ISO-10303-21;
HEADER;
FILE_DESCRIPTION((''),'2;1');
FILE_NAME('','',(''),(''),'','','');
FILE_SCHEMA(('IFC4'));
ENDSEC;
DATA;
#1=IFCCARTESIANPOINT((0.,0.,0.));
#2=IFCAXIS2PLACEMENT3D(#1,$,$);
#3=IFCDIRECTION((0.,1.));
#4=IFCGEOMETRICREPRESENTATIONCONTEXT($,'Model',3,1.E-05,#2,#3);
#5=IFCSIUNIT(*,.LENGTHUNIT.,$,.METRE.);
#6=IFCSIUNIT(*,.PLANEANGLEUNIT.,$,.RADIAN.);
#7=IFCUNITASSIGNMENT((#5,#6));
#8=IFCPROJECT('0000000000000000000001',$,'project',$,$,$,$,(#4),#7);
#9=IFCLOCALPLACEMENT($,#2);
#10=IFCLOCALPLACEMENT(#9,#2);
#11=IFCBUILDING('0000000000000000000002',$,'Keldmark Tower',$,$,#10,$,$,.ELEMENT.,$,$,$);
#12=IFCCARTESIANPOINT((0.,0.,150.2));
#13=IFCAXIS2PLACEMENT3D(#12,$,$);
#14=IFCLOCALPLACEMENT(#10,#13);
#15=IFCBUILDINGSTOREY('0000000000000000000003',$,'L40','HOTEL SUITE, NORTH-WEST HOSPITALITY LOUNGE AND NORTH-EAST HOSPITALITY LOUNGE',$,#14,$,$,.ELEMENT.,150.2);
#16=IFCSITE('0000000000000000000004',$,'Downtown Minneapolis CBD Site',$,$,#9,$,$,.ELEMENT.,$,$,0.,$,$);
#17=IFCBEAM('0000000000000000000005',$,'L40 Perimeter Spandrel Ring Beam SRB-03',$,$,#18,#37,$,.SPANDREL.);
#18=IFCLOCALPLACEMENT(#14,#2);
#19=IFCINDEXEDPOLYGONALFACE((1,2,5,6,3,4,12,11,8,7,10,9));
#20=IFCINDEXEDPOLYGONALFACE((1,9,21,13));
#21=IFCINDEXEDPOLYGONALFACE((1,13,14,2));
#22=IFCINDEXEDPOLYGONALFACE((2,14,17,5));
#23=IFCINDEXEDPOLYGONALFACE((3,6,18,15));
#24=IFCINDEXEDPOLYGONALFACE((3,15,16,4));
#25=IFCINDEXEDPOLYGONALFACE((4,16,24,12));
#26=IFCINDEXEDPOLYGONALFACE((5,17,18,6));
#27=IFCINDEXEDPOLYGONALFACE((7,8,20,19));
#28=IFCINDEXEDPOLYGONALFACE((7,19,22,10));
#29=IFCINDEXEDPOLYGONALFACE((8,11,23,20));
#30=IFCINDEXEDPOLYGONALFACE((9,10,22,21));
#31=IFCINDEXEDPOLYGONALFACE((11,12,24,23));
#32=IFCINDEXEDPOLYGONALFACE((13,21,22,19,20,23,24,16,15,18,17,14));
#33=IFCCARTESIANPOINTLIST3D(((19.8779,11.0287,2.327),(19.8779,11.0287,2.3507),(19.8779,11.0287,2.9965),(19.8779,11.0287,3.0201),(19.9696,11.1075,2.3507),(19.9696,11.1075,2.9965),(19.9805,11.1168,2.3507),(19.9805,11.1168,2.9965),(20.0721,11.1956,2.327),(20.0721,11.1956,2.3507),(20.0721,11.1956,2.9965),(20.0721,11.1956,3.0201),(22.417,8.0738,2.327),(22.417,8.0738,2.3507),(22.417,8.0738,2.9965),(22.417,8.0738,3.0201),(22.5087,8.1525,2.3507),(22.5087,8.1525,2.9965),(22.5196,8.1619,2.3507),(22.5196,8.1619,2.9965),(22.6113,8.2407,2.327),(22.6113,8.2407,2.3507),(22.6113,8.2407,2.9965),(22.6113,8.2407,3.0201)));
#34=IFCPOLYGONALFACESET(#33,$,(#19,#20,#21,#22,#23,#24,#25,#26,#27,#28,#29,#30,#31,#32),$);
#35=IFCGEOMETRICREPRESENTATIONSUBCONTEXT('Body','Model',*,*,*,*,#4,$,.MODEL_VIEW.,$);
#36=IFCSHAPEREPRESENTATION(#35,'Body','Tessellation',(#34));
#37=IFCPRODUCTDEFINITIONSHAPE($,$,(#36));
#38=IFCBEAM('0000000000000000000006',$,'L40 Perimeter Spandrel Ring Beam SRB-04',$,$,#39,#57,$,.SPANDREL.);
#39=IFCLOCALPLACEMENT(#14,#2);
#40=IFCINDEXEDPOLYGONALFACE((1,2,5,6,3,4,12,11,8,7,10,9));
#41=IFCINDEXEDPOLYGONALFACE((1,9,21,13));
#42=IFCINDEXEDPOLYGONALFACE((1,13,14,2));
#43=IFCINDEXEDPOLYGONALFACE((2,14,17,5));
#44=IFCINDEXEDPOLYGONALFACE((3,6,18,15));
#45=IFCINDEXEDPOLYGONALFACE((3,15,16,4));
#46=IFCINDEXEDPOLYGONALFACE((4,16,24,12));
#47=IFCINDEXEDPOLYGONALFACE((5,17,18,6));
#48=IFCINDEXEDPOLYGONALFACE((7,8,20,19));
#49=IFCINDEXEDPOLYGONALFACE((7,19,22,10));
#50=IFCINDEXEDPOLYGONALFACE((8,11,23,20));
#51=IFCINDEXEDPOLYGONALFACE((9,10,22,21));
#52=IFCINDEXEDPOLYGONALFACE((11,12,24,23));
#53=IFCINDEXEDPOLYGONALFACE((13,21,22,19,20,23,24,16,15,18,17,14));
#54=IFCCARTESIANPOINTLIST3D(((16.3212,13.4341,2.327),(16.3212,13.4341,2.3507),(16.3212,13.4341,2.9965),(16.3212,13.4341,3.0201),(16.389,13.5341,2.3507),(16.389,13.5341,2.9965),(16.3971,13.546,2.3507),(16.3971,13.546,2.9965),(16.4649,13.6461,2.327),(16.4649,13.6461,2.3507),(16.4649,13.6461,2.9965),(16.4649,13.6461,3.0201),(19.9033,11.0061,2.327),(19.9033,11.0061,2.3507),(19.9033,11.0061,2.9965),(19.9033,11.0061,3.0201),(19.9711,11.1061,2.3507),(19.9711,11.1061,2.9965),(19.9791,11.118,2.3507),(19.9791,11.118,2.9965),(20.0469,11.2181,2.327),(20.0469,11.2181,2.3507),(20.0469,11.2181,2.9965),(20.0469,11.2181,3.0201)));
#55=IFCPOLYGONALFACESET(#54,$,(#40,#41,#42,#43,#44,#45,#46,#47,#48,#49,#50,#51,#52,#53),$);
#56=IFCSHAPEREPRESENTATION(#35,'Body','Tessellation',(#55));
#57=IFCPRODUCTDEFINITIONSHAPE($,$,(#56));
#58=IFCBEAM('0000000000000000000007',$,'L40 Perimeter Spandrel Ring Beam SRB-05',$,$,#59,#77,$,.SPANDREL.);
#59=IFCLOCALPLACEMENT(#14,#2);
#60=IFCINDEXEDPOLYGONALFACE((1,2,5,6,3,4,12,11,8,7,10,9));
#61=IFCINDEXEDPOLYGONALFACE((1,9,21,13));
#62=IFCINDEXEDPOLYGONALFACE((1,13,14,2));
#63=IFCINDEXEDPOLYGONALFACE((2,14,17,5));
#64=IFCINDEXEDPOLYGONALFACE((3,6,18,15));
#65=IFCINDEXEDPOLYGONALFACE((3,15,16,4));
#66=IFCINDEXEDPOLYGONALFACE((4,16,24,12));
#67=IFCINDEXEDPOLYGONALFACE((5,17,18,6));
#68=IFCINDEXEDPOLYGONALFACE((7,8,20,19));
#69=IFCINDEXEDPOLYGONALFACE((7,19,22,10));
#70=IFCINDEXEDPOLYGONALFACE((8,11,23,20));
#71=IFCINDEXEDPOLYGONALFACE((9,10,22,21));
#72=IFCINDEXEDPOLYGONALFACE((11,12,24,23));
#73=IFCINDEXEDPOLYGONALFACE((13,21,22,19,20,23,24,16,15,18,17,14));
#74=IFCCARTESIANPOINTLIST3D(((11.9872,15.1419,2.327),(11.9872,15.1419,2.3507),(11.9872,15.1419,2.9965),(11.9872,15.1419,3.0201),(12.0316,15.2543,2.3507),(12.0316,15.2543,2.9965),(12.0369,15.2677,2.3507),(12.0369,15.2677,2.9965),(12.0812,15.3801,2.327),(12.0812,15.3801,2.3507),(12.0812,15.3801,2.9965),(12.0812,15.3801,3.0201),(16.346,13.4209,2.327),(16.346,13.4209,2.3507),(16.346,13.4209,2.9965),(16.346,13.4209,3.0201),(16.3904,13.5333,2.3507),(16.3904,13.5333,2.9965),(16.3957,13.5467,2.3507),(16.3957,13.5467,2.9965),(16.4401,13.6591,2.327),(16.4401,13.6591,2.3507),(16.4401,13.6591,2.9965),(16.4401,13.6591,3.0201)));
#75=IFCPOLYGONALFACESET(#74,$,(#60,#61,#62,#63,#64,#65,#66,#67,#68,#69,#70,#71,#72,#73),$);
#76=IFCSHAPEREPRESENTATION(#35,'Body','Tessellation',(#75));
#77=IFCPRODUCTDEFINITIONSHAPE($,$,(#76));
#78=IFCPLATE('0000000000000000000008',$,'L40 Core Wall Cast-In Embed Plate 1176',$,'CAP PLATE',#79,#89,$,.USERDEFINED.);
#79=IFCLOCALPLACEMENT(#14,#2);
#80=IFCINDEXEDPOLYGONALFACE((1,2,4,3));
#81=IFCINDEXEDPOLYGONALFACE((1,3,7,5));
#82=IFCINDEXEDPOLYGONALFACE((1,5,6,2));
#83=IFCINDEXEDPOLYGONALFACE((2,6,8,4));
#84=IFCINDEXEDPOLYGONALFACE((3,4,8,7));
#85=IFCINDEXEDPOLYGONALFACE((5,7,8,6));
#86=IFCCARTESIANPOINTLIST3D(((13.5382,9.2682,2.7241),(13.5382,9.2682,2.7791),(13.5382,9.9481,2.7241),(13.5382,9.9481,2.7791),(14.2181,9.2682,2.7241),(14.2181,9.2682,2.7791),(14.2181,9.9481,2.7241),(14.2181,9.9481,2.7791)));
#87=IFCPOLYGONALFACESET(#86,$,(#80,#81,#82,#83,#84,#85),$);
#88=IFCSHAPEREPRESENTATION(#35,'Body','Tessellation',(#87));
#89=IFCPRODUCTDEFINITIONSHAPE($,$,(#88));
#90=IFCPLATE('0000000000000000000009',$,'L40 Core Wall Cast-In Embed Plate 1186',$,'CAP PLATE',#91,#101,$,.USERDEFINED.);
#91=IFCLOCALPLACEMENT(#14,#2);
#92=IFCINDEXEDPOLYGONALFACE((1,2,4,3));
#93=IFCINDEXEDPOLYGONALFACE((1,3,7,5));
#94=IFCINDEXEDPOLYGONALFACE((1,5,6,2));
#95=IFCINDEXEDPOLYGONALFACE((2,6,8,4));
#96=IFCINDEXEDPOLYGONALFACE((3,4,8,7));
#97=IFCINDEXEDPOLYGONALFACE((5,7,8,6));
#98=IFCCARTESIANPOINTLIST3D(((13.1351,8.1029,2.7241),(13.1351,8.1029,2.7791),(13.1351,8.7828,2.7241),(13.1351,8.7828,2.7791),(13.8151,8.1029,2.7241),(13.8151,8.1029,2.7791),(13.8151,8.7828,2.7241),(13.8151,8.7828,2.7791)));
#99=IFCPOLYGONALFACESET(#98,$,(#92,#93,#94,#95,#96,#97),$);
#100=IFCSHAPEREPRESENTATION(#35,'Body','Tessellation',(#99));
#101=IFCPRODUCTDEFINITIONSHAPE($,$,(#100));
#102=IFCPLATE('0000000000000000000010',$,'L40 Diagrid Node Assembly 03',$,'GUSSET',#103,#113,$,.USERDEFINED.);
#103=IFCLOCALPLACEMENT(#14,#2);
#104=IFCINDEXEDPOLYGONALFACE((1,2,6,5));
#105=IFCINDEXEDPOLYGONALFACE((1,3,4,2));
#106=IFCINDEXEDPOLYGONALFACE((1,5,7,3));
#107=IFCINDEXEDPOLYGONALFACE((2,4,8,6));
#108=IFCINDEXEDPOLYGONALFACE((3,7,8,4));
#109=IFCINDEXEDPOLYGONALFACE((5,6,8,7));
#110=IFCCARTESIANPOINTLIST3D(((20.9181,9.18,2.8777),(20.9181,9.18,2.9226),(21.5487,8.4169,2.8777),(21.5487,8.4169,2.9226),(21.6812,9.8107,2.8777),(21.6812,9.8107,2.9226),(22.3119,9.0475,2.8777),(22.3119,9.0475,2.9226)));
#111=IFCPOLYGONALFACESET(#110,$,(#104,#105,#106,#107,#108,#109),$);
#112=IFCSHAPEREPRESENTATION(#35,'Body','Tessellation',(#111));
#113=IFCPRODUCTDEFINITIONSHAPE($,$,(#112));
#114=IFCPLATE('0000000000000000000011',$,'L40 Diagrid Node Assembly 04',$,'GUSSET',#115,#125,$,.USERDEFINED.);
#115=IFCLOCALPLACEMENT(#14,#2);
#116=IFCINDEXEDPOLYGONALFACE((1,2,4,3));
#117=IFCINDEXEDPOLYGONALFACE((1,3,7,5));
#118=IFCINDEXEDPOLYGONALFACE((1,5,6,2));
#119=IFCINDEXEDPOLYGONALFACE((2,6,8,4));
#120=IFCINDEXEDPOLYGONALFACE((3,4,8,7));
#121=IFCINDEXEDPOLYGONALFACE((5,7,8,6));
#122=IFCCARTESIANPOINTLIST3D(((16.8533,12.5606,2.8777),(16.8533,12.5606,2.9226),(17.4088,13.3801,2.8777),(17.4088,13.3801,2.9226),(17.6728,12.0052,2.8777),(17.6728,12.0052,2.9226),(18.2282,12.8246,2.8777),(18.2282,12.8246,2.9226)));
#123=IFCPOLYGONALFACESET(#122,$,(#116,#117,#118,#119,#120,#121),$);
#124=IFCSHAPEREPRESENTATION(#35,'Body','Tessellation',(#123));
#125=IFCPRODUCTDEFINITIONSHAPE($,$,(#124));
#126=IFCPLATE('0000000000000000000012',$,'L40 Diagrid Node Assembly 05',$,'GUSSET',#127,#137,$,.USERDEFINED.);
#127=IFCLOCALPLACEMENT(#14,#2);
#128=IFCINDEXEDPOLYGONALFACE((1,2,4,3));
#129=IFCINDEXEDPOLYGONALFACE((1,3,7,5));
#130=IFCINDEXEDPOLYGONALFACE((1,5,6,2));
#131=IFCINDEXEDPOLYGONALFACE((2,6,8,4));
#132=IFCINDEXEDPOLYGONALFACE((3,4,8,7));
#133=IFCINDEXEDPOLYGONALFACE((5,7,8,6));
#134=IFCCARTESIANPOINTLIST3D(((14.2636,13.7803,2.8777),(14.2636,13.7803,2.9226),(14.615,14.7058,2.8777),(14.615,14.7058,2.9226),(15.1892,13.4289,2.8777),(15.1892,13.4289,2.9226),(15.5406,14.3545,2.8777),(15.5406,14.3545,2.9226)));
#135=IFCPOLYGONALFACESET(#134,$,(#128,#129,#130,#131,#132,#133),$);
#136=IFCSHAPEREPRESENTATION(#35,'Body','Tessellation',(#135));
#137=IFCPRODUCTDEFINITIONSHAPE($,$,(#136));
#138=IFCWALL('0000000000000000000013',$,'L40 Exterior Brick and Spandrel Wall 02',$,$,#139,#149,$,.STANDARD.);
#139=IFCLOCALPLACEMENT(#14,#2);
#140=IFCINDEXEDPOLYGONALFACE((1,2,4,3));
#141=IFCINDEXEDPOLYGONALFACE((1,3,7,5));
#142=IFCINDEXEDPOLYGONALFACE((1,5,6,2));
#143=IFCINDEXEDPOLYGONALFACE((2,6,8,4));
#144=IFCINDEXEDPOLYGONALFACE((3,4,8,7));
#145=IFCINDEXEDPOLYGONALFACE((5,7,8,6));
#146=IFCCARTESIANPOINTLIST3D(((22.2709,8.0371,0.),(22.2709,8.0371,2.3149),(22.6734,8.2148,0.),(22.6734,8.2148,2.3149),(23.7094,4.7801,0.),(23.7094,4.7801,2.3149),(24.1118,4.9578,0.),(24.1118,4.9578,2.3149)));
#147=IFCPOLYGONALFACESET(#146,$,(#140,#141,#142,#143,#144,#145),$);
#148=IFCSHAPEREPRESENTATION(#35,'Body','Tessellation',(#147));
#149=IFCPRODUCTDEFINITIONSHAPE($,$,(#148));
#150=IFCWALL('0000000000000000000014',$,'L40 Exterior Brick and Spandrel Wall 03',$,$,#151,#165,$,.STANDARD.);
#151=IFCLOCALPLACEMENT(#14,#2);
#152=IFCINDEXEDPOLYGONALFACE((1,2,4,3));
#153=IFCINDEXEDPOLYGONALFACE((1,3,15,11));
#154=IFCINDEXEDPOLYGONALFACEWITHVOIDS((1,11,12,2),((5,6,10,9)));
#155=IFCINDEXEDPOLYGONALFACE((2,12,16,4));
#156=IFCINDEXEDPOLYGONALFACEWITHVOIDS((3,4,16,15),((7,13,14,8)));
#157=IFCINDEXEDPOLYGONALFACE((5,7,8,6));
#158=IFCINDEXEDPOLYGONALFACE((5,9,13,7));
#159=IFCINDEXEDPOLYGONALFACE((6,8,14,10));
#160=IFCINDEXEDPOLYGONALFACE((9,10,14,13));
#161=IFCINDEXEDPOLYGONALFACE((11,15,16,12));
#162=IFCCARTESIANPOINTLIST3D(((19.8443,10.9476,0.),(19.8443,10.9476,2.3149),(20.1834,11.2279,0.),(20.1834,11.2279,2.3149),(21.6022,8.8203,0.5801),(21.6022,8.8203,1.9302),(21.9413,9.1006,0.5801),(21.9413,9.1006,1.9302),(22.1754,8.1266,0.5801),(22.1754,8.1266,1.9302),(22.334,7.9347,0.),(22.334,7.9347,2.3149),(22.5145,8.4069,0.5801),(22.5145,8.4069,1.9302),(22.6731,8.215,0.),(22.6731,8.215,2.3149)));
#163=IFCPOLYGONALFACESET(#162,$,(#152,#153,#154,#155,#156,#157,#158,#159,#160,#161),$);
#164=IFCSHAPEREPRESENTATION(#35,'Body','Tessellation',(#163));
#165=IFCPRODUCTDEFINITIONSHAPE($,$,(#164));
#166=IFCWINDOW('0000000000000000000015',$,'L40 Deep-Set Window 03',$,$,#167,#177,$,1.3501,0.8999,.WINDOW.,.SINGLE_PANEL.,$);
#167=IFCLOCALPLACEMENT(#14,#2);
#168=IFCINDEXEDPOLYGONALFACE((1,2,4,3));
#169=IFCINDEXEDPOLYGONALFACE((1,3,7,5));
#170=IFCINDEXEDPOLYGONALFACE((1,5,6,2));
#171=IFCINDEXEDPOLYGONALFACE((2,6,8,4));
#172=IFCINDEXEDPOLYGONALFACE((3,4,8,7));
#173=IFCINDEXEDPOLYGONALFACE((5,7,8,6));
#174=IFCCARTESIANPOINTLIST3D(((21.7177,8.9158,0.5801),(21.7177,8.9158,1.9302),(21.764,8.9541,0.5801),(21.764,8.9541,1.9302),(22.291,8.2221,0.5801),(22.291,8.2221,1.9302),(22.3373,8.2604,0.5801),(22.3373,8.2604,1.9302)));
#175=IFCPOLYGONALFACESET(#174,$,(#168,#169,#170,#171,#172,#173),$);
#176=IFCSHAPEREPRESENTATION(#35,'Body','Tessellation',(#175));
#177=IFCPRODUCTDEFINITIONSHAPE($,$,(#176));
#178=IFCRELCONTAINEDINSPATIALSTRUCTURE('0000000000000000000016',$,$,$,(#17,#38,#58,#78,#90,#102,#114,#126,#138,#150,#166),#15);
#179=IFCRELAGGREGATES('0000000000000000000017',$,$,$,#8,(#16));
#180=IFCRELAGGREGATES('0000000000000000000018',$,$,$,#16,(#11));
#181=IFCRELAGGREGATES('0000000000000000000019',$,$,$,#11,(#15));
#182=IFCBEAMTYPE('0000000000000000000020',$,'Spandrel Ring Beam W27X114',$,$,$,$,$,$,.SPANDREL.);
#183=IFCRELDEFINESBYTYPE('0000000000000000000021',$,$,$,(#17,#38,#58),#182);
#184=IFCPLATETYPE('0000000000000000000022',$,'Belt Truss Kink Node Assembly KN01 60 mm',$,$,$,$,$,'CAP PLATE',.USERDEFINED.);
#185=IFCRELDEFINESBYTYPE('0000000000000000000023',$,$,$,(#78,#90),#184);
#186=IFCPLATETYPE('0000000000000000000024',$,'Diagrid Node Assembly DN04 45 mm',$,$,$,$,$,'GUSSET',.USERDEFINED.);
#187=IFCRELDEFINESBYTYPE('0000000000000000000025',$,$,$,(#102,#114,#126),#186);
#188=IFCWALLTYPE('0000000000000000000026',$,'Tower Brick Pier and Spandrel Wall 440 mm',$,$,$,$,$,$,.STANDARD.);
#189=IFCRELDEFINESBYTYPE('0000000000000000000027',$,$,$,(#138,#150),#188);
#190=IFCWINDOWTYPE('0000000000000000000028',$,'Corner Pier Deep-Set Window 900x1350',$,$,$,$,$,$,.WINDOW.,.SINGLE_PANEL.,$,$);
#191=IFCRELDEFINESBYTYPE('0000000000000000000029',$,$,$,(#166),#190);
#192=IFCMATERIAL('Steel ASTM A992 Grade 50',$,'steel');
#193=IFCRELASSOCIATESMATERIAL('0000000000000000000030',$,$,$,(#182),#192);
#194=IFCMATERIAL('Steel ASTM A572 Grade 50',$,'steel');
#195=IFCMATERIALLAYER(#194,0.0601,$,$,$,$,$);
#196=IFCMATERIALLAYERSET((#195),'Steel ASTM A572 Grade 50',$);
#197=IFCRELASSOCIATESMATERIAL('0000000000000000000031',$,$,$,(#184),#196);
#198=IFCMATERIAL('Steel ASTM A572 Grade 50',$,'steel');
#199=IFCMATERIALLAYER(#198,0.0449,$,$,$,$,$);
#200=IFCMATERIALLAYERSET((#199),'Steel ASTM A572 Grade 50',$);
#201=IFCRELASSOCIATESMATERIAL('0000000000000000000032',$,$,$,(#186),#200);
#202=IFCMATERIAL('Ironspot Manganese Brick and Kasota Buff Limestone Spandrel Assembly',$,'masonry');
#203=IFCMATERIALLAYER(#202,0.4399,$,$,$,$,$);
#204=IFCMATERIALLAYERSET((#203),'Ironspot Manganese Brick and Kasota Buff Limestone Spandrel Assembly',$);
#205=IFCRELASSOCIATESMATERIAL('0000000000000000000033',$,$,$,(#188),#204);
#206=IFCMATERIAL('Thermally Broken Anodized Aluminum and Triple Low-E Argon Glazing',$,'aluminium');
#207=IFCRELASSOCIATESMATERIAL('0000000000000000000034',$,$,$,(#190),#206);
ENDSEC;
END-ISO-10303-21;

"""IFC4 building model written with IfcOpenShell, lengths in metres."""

from ifc_helpers import new_model, si_unit, direction, frame, frame_2d, origin, origin_2d, place, context, subcontext, project, spatial, rectangle, i_section, extrude, material, layer, layer_set, material_profile, profile_set, type_object, element, fill, save


model = new_model("IFC4")

# Units and contexts
model_context = context("Model", 3, precision=1e-05, world=origin(), true_north=direction((0.0, 1.0)))
body_context = subcontext(model_context, "Body", "Model", "MODEL_VIEW")
ifc_project = project(units=[si_unit("LENGTHUNIT", "METRE"), si_unit("PLANEANGLEUNIT", "RADIAN")], contexts=[model_context])

# Site, building, storey
site_placement = place(None, origin())
site = spatial("IfcSite", under=ifc_project, at=site_placement, Name="Downtown Minneapolis CBD Site", CompositionType="ELEMENT", RefElevation=0.0)
building_placement = place(site_placement, origin())
building = spatial("IfcBuilding", under=site, at=building_placement, Name="Keldmark Tower", CompositionType="ELEMENT")
storey_placement = place(building_placement, frame((0.0, 0.0, 150.2)))
storey = spatial("IfcBuildingStorey", under=building, at=storey_placement, Name="L40", Description="HOTEL SUITE, NORTH-WEST HOSPITALITY LOUNGE AND NORTH-EAST HOSPITALITY LOUNGE", CompositionType="ELEMENT", Elevation=150.2)

# Beams
ifc_material_1 = material(Name="Steel ASTM A992 Grade 50", Category="steel")
ifc_material_profile_1 = material_profile(ifc_material_1, i_section(OverallWidth=0.2561, OverallDepth=0.6931, WebThickness=0.0144, FlangeThickness=0.0237, at=origin_2d()), Name="W27X114")
ifc_profile_set_1 = profile_set([ifc_material_profile_1], Name="Steel ASTM A992 Grade 50")
beam_type_1 = type_object("IfcBeamType", Name="Spandrel Ring Beam W27X114", PredefinedType="SPANDREL", material=ifc_profile_set_1)
beam_1_placement = place(storey_placement, frame((22.5142, 8.1572, 2.6736), z_axis=(-0.65173, 0.758451, 0.0), x_axis=(-0.758451, -0.65173, 0.0)))
element("IfcBeam", 1, at=beam_1_placement, inside=storey, type_object=beam_type_1, Name="L40 Perimeter Spandrel Ring Beam SRB-03", PredefinedType="SPANDREL", context=body_context, shape_type="SweptSolid", body=[
    extrude(i_section(OverallWidth=0.2561, OverallDepth=0.6931, WebThickness=0.0144, FlangeThickness=0.0237, at=origin_2d()), origin(), (0.0, 0.0, 1.0), 3.896),
])
beam_2_placement = place(storey_placement, frame((19.9751, 11.1121, 2.6736), z_axis=(-0.827764, 0.561076, 0.0), x_axis=(-0.561076, -0.827764, 0.0)))
element("IfcBeam", 2, at=beam_2_placement, inside=storey, type_object=beam_type_1, Name="L40 Perimeter Spandrel Ring Beam SRB-04", PredefinedType="SPANDREL", context=body_context, shape_type="SweptSolid", body=[
    extrude(i_section(OverallWidth=0.2561, OverallDepth=0.6931, WebThickness=0.0144, FlangeThickness=0.0237, at=origin_2d()), origin(), (0.0, 0.0, 1.0), 4.3274),
])
beam_3_placement = place(storey_placement, frame((16.3931, 13.54, 2.6736), z_axis=(-0.930131, 0.367228, 0.0), x_axis=(-0.367228, -0.930131, 0.0)))
element("IfcBeam", 3, at=beam_3_placement, inside=storey, type_object=beam_type_1, Name="L40 Perimeter Spandrel Ring Beam SRB-05", PredefinedType="SPANDREL", context=body_context, shape_type="SweptSolid", body=[
    extrude(i_section(OverallWidth=0.2561, OverallDepth=0.6931, WebThickness=0.0144, FlangeThickness=0.0237, at=origin_2d()), origin(), (0.0, 0.0, 1.0), 4.6863),
])

# Plates
ifc_material_2 = material(Name="Steel ASTM A572 Grade 50", Category="steel")
ifc_layer_1 = layer(ifc_material_2, 0.0601)
ifc_layer_set_1 = layer_set([ifc_layer_1], Name="Steel ASTM A572 Grade 50")
plate_type_1 = type_object("IfcPlateType", Name="Belt Truss Kink Node Assembly KN01 60 mm", ElementType="CAP PLATE", PredefinedType="USERDEFINED", material=ifc_layer_set_1)
for number, where, z_axis, x_axis, name in (
    (4, (13.8782, 9.6082, 2.7241), (0.0, 0.0, 1.0), (1.0, 0.0, 0.0), "L40 Core Wall Cast-In Embed Plate 1176"),
    (5, (13.4751, 8.4429, 2.7241), (0.0, 0.0, 1.0), (1.0, 0.0, 0.0), "L40 Core Wall Cast-In Embed Plate 1186"),
):
    element("IfcPlate", number, at=place(storey_placement, frame(where, z_axis=z_axis, x_axis=x_axis)), inside=storey, type_object=plate_type_1, Name=name, ObjectType="CAP PLATE", PredefinedType="USERDEFINED", context=body_context, shape_type="SweptSolid", body=[
        extrude(rectangle(XDim=0.6799, YDim=0.6799, at=origin_2d()), origin(), (0.0, 0.0, 1.0), 0.0549),
    ])
ifc_material_3 = material(Name="Steel ASTM A572 Grade 50", Category="steel")
ifc_layer_2 = layer(ifc_material_3, 0.0449)
ifc_layer_set_2 = layer_set([ifc_layer_2], Name="Steel ASTM A572 Grade 50")
plate_type_2 = type_object("IfcPlateType", Name="Diagrid Node Assembly DN04 45 mm", ElementType="GUSSET", PredefinedType="USERDEFINED", material=ifc_layer_set_2)
for number, where, z_axis, x_axis, name in (
    (6, (21.615, 9.1138, 2.8777), (0.0, 0.0, 1.0), (-0.63702, 0.770847, 0.0), "L40 Diagrid Node Assembly 03"),
    (7, (17.5408, 12.6926, 2.8777), (0.0, 0.0, 1.0), (-0.827767, 0.561072, 0.0), "L40 Diagrid Node Assembly 04"),
    (8, (14.9021, 14.0674, 2.8777), (0.0, 0.0, 1.0), (-0.934888, 0.354944, 0.0), "L40 Diagrid Node Assembly 05"),
):
    element("IfcPlate", number, at=place(storey_placement, frame(where, z_axis=z_axis, x_axis=x_axis)), inside=storey, type_object=plate_type_2, Name=name, ObjectType="GUSSET", PredefinedType="USERDEFINED", context=body_context, shape_type="SweptSolid", body=[
        extrude(rectangle(XDim=0.99, YDim=0.99, at=origin_2d()), origin(), (0.0, 0.0, 1.0), 0.0449),
    ])

# Wall
ifc_material_4 = material(Name="Ironspot Manganese Brick and Kasota Buff Limestone Spandrel Assembly", Category="masonry")
ifc_layer_3 = layer(ifc_material_4, 0.4399)
ifc_layer_set_3 = layer_set([ifc_layer_3], Name="Ironspot Manganese Brick and Kasota Buff Limestone Spandrel Assembly")
wall_type_1 = type_object("IfcWallType", Name="Tower Brick Pier and Spandrel Wall 440 mm", PredefinedType="STANDARD", material=ifc_layer_set_3)
wall_1_placement = place(storey_placement, frame((22.4722, 8.126, 0.0), z_axis=(0.0, 0.0, 1.0), x_axis=(0.404, -0.914759, 0.0)))
element("IfcWall", 9, at=wall_1_placement, inside=storey, type_object=wall_type_1, Name="L40 Exterior Brick and Spandrel Wall 02", PredefinedType="STANDARD", context=body_context, shape_type="SweptSolid", body=[
    extrude(rectangle(XDim=3.5605, YDim=0.4399, at=frame_2d((1.7803, 0.0))), origin(), (0.0, 0.0, 1.0), 2.3149),
])

# Wall, opening, window
wall_2_placement = place(storey_placement, frame((20.0139, 11.0876, 0.0), z_axis=(0.0, 0.0, 1.0), x_axis=(0.637003, -0.770862, 0.0)))
wall_2 = element("IfcWall", 10, at=wall_2_placement, inside=storey, type_object=wall_type_1, Name="L40 Exterior Brick and Spandrel Wall 03", PredefinedType="STANDARD", context=body_context, shape_type="SweptSolid", body=[
    extrude(rectangle(XDim=3.9084, YDim=0.4399, at=frame_2d((1.9541, 0.0))), origin(), (0.0, 0.0, 1.0), 2.3149),
])
opening_1_placement = place(wall_2_placement, frame((2.7595, 0.0, 0.5801)))
opening_1 = element("IfcOpeningElement", 11, at=opening_1_placement, cuts=wall_2, PredefinedType="OPENING", context=body_context, shape_type="SweptSolid", body=[
    extrude(rectangle(XDim=0.8999, YDim=1.3501, at=frame_2d((0.45, 0.675))), frame((0.0, 0.23, 0.0), z_axis=(0.0, -1.0, 0.0), x_axis=(1.0, 0.0, 0.0)), (0.0, 0.0, 1.0), 0.46),
])
ifc_material_5 = material(Name="Thermally Broken Anodized Aluminum and Triple Low-E Argon Glazing", Category="aluminium")
window_type = type_object("IfcWindowType", Name="Corner Pier Deep-Set Window 900x1350", PartitioningType="SINGLE_PANEL", PredefinedType="WINDOW", material=ifc_material_5)
window_1_placement = place(opening_1_placement, origin())
window_1 = element("IfcWindow", 12, at=window_1_placement, inside=storey, type_object=window_type, Name="L40 Deep-Set Window 03", OverallHeight=1.3501, OverallWidth=0.8999, PartitioningType="SINGLE_PANEL", PredefinedType="WINDOW", context=body_context, shape_type="SweptSolid", body=[
    extrude(rectangle(XDim=0.8999, YDim=1.3501, at=frame_2d((0.45, 0.675))), frame((0.0, -0.01, 0.0), z_axis=(0.0, -1.0, 0.0), x_axis=(1.0, 0.0, 0.0)), (0.0, 0.0, 1.0), 0.0601),
])
fill(opening_1, window_1)

save(model, "model.ifc")
